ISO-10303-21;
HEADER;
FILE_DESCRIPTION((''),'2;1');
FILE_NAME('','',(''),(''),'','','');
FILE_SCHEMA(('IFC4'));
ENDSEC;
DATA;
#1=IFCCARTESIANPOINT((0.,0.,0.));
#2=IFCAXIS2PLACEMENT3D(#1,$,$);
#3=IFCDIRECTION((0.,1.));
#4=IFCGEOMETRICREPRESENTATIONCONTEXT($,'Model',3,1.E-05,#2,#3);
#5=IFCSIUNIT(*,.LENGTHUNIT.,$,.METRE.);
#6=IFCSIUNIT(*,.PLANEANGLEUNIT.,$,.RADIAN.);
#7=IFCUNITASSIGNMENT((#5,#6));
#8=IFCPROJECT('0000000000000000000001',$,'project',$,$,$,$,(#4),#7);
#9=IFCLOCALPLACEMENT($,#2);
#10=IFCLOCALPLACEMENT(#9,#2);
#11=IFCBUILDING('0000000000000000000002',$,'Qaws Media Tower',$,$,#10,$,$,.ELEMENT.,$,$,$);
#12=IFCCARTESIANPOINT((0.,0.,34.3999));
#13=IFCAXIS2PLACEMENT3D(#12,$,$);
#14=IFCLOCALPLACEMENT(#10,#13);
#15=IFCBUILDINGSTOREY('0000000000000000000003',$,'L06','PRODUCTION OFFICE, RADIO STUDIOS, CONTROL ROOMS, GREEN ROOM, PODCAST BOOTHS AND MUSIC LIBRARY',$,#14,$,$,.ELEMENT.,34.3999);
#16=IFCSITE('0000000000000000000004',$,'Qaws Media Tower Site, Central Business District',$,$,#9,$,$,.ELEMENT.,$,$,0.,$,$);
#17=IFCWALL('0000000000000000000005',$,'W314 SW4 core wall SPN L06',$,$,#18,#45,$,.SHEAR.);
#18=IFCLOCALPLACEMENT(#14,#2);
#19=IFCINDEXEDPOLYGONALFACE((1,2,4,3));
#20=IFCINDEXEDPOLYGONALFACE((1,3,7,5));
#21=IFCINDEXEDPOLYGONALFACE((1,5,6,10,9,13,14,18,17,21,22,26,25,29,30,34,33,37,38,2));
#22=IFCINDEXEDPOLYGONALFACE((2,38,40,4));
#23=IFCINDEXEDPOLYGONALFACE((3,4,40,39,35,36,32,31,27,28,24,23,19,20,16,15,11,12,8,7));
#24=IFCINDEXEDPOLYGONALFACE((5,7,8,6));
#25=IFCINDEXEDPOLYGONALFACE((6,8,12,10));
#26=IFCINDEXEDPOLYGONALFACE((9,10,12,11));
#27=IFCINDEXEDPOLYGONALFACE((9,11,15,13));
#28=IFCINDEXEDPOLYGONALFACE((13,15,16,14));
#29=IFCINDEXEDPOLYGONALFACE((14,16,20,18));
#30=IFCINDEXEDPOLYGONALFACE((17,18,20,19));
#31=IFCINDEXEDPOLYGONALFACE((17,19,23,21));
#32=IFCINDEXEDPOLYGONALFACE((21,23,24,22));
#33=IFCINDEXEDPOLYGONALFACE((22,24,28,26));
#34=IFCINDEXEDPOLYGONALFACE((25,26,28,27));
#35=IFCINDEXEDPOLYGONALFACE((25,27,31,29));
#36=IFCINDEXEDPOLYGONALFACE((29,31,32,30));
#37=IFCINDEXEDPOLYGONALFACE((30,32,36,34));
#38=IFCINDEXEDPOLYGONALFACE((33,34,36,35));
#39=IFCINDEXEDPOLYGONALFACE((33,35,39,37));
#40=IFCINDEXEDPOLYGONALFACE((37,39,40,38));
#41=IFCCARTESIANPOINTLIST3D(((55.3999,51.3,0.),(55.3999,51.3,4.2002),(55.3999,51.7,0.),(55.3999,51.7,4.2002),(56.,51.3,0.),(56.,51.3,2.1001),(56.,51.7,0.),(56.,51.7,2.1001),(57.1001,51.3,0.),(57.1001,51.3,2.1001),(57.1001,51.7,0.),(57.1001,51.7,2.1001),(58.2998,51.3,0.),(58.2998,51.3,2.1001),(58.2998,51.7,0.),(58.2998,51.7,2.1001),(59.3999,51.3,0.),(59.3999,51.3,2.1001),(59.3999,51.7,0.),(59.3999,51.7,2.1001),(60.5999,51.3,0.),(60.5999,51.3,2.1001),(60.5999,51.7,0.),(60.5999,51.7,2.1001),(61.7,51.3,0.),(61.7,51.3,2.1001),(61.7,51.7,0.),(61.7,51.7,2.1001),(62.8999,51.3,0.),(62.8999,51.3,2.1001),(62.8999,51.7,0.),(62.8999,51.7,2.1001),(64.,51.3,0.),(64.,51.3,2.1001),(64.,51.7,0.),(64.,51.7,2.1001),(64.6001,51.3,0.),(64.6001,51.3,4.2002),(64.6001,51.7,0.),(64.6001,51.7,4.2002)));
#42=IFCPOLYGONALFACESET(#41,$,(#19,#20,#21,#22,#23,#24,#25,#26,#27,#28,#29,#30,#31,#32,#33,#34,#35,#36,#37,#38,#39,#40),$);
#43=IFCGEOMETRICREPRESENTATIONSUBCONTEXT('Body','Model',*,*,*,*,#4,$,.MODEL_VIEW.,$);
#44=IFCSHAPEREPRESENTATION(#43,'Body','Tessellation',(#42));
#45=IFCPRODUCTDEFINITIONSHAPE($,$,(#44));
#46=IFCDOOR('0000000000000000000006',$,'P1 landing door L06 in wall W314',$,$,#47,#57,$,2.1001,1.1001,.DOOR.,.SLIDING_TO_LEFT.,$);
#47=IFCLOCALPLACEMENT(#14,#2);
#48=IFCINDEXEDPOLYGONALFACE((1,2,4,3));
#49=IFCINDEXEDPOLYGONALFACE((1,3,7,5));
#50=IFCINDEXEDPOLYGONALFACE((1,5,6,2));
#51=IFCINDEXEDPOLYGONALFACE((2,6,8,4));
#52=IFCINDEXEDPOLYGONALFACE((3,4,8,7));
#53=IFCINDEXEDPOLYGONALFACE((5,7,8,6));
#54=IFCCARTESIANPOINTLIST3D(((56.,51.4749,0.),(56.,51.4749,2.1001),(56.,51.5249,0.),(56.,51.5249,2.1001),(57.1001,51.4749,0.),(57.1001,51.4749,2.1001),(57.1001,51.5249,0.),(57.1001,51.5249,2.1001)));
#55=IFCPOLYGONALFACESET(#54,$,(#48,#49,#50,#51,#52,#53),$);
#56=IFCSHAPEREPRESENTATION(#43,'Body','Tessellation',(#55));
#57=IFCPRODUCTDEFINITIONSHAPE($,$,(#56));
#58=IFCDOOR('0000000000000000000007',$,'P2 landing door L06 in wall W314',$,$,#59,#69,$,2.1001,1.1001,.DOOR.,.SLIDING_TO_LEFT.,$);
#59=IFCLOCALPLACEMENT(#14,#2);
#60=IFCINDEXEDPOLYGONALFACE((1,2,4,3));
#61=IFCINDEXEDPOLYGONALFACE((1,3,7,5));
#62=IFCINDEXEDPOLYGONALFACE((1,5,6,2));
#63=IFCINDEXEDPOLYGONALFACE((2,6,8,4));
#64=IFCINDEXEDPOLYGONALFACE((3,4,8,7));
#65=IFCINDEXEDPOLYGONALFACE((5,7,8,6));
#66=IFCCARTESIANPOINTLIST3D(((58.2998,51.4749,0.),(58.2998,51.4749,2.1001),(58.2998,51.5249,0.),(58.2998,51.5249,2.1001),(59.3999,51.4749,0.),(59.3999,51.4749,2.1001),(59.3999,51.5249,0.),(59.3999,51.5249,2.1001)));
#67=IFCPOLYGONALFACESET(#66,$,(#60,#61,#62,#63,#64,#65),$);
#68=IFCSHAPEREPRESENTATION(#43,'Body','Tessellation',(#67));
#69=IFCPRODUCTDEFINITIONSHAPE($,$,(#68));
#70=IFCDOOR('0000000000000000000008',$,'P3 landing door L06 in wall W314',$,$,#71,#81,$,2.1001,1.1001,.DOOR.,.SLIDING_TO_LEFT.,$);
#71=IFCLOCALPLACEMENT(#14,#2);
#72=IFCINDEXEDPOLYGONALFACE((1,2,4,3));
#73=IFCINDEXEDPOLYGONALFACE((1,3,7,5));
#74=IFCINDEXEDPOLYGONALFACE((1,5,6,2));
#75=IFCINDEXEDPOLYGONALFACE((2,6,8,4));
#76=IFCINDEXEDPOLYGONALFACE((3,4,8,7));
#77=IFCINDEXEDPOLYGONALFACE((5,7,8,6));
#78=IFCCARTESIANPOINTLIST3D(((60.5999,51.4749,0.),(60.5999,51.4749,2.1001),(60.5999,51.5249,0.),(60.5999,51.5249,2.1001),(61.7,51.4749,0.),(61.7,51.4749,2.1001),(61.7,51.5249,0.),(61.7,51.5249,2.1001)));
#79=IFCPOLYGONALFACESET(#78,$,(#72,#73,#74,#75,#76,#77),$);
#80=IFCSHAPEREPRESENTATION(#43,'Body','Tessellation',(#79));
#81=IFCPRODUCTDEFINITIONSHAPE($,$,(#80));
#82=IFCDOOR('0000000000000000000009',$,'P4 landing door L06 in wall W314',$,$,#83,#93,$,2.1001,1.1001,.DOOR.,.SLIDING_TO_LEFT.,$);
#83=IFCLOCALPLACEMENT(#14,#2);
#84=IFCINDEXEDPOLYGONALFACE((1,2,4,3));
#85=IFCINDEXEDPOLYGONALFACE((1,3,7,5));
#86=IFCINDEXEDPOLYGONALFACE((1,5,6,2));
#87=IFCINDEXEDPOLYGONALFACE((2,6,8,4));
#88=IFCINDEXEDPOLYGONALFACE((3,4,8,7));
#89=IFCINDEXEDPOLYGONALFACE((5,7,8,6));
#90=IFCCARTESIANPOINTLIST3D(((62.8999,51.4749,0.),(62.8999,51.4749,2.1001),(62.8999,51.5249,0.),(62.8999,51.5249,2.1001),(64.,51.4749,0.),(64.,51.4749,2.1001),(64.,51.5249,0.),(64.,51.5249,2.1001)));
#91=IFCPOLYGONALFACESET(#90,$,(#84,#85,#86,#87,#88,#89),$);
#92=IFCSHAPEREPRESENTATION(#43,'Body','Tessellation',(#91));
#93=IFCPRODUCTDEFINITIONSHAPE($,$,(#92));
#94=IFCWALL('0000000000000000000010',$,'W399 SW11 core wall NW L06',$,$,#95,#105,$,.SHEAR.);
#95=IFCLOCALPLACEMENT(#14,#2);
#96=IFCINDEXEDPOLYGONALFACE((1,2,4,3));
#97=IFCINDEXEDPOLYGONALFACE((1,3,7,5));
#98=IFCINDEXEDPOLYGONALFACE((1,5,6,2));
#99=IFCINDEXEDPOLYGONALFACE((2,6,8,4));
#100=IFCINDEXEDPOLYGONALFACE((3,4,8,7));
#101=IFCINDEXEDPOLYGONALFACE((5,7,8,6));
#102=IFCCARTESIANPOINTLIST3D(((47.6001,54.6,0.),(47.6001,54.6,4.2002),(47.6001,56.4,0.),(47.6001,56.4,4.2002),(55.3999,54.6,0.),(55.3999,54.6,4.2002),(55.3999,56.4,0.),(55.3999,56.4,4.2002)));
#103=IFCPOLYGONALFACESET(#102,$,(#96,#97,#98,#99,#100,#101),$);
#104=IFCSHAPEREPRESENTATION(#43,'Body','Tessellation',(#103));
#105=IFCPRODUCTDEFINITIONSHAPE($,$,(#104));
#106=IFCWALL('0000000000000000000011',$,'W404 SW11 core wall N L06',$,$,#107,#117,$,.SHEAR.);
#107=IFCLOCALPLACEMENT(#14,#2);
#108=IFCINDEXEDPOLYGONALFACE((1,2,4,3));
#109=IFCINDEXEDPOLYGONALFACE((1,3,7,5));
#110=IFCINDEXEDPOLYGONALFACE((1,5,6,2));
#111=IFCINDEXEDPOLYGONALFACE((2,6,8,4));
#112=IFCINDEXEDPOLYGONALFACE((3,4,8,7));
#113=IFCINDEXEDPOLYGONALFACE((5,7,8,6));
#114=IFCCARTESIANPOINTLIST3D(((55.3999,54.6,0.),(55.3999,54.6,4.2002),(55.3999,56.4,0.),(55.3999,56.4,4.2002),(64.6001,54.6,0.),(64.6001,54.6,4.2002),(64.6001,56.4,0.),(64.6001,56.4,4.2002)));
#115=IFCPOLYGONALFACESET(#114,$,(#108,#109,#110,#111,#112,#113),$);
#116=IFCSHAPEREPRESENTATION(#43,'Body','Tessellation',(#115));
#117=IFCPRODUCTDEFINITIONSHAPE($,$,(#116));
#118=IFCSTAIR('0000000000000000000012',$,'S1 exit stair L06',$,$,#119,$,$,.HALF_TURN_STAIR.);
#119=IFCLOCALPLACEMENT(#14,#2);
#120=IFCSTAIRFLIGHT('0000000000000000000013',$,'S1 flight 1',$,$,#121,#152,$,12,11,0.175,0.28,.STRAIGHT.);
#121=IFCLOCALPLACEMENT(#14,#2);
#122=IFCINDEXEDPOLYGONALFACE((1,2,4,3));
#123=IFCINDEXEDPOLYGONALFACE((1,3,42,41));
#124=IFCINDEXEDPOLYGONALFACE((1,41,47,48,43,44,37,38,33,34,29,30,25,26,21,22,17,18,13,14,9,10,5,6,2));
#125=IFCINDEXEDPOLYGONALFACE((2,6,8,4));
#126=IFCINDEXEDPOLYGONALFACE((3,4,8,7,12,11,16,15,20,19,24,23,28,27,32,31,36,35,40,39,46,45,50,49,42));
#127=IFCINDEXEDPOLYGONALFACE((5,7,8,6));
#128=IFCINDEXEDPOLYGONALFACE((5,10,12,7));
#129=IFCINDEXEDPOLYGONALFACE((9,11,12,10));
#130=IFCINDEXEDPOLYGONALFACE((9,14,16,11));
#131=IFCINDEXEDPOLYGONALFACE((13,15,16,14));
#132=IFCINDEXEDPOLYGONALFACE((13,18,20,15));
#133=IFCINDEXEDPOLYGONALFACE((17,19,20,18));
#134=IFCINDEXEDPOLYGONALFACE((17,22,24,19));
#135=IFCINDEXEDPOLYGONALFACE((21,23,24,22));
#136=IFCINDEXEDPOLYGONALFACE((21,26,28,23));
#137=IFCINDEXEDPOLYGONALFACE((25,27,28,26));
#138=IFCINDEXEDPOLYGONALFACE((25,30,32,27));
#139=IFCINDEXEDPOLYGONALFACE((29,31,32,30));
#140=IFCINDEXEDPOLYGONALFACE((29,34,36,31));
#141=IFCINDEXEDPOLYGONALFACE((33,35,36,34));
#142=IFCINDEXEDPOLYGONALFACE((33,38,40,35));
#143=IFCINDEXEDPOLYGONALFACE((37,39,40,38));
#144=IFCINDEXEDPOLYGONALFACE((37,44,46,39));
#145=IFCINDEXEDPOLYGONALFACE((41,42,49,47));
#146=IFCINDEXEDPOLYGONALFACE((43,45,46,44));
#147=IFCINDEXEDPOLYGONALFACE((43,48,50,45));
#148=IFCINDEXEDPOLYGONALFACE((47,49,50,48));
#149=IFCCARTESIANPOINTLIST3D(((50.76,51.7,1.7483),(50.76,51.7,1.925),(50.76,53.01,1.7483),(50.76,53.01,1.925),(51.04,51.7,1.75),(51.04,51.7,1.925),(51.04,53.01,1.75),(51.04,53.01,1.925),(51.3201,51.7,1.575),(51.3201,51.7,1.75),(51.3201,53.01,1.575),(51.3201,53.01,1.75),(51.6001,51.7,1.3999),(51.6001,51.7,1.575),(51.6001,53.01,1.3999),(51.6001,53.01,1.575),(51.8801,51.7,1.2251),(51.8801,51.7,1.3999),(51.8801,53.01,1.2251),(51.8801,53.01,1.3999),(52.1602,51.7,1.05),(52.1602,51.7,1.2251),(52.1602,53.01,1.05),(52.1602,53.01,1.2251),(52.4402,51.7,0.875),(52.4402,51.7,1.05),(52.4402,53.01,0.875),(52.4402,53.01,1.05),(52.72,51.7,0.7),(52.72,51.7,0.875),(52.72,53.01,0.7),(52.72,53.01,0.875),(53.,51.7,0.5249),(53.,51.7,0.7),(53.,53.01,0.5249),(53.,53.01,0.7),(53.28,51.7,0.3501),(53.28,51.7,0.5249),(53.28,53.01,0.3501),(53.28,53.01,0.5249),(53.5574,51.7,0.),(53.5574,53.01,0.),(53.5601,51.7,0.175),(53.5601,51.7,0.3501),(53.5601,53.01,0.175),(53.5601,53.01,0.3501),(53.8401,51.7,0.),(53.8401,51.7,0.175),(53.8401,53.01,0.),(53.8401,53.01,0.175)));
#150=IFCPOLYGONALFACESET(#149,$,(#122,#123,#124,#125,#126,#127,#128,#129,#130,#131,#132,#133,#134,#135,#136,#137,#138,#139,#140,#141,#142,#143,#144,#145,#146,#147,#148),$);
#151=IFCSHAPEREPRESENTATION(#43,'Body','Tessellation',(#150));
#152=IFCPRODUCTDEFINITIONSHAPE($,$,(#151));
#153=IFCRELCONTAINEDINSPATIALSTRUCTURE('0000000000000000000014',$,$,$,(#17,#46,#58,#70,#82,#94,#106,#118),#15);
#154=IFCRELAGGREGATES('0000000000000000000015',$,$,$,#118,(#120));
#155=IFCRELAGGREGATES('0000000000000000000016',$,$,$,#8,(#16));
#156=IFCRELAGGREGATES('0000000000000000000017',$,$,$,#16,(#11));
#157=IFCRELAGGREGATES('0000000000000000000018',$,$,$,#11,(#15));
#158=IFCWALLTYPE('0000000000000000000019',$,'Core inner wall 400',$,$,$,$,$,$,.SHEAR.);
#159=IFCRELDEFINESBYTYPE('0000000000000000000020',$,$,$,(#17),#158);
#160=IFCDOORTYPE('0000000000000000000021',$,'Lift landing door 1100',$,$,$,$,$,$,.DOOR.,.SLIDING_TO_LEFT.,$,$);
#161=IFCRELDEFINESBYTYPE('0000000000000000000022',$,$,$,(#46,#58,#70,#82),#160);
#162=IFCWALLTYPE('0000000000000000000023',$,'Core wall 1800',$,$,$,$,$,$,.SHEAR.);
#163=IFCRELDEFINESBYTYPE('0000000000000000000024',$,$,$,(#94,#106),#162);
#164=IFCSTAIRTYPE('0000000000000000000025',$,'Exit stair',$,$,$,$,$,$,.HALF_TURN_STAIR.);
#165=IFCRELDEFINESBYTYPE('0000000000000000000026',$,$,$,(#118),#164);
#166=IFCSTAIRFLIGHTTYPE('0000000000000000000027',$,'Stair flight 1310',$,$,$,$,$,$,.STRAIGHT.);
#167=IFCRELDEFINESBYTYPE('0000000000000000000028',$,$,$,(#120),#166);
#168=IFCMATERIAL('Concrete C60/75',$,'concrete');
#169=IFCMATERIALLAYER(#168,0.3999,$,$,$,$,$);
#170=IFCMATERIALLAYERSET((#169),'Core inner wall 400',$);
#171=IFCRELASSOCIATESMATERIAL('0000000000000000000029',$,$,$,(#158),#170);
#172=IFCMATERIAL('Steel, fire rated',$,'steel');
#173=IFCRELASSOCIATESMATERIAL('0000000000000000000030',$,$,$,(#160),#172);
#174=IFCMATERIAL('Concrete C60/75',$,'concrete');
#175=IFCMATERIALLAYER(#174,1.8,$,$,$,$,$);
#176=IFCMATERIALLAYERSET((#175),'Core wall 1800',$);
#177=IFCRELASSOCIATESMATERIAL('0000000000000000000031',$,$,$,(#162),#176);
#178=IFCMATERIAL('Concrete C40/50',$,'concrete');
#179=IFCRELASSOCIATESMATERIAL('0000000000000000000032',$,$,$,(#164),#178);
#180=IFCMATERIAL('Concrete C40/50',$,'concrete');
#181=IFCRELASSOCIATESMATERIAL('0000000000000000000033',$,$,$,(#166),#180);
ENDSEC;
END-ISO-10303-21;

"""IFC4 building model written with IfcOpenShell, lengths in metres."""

from ifc_helpers import new_model, si_unit, direction, frame, frame_2d, origin, place, context, subcontext, project, spatial, polyline, rectangle, outline, extrude, material, layer, layer_set, type_object, element, fill, aggregate, save


model = new_model("IFC4")

# Units and contexts
model_context = context("Model", 3, precision=1e-05, world=origin(), true_north=direction((0.0, 1.0)))
body_context = subcontext(model_context, "Body", "Model", "MODEL_VIEW")
ifc_project = project(units=[si_unit("LENGTHUNIT", "METRE"), si_unit("PLANEANGLEUNIT", "RADIAN")], contexts=[model_context])

# Site, building, storey
site_placement = place(None, origin())
site = spatial("IfcSite", under=ifc_project, at=site_placement, Name="Qaws Media Tower Site, Central Business District", CompositionType="ELEMENT", RefElevation=0.0)
building_placement = place(site_placement, origin())
building = spatial("IfcBuilding", under=site, at=building_placement, Name="Qaws Media Tower", CompositionType="ELEMENT")
storey_placement = place(building_placement, frame((0.0, 0.0, 34.3999)))
storey = spatial("IfcBuildingStorey", under=building, at=storey_placement, Name="L06", Description="PRODUCTION OFFICE, RADIO STUDIOS, CONTROL ROOMS, GREEN ROOM, PODCAST BOOTHS AND MUSIC LIBRARY", CompositionType="ELEMENT", Elevation=34.3999)

# Wall, openings, doors
ifc_material_1 = material(Name="Concrete C60/75", Category="concrete")
ifc_layer_1 = layer(ifc_material_1, 0.3999)
ifc_layer_set_1 = layer_set([ifc_layer_1], Name="Core inner wall 400")
wall_type_1 = type_object("IfcWallType", Name="Core inner wall 400", PredefinedType="SHEAR", material=ifc_layer_set_1)
wall_1_placement = place(storey_placement, frame((55.3999, 51.5, 0.0), z_axis=(0.0, 0.0, 1.0), x_axis=(1.0, 0.0, 0.0)))
wall_1 = element("IfcWall", 1, at=wall_1_placement, inside=storey, type_object=wall_type_1, Name="W314 SW4 core wall SPN L06", PredefinedType="SHEAR", context=body_context, shape_type="SweptSolid", body=[
    extrude(rectangle(XDim=9.2002, YDim=0.3999, at=frame_2d((4.6001, 0.0))), origin(), (0.0, 0.0, 1.0), 4.2002),
])
opening_1_placement = place(wall_1_placement, frame((0.6001, 0.0, 0.0)))
opening_1 = element("IfcOpeningElement", 2, at=opening_1_placement, cuts=wall_1, PredefinedType="OPENING", context=body_context, shape_type="SweptSolid", body=[
    extrude(rectangle(XDim=1.1001, YDim=2.1001, at=frame_2d((0.55, 1.05))), frame((0.0, 0.21, 0.0), z_axis=(0.0, -1.0, 0.0), x_axis=(1.0, 0.0, 0.0)), (0.0, 0.0, 1.0), 0.4199),
])
opening_2_placement = place(wall_1_placement, frame((2.8999, 0.0, 0.0)))
opening_2 = element("IfcOpeningElement", 3, at=opening_2_placement, cuts=wall_1, PredefinedType="OPENING", context=body_context, shape_type="SweptSolid", body=[
    extrude(rectangle(XDim=1.1001, YDim=2.1001, at=frame_2d((0.55, 1.05))), frame((0.0, 0.21, 0.0), z_axis=(0.0, -1.0, 0.0), x_axis=(1.0, 0.0, 0.0)), (0.0, 0.0, 1.0), 0.4199),
])
opening_3_placement = place(wall_1_placement, frame((5.2, 0.0, 0.0)))
opening_3 = element("IfcOpeningElement", 4, at=opening_3_placement, cuts=wall_1, PredefinedType="OPENING", context=body_context, shape_type="SweptSolid", body=[
    extrude(rectangle(XDim=1.1001, YDim=2.1001, at=frame_2d((0.55, 1.05))), frame((0.0, 0.21, 0.0), z_axis=(0.0, -1.0, 0.0), x_axis=(1.0, 0.0, 0.0)), (0.0, 0.0, 1.0), 0.4199),
])
opening_4_placement = place(wall_1_placement, frame((7.5, 0.0, 0.0)))
opening_4 = element("IfcOpeningElement", 5, at=opening_4_placement, cuts=wall_1, PredefinedType="OPENING", context=body_context, shape_type="SweptSolid", body=[
    extrude(rectangle(XDim=1.1001, YDim=2.1001, at=frame_2d((0.55, 1.05))), frame((0.0, 0.21, 0.0), z_axis=(0.0, -1.0, 0.0), x_axis=(1.0, 0.0, 0.0)), (0.0, 0.0, 1.0), 0.4199),
])
ifc_material_2 = material(Name="Steel, fire rated", Category="steel")
door_type = type_object("IfcDoorType", Name="Lift landing door 1100", OperationType="SLIDING_TO_LEFT", PredefinedType="DOOR", material=ifc_material_2)
door_1_placement = place(opening_1_placement, origin())
door_1 = element("IfcDoor", 6, at=door_1_placement, inside=storey, type_object=door_type, Name="P1 landing door L06 in wall W314", OperationType="SLIDING_TO_LEFT", OverallHeight=2.1001, OverallWidth=1.1001, PredefinedType="DOOR", context=body_context, shape_type="SweptSolid", body=[
    extrude(rectangle(XDim=1.1001, YDim=2.1001, at=frame_2d((0.55, 1.05))), frame((0.0, 0.0249, 0.0), z_axis=(0.0, -1.0, 0.0), x_axis=(1.0, 0.0, 0.0)), (0.0, 0.0, 1.0), 0.05),
])
fill(opening_1, door_1)
door_2_placement = place(opening_2_placement, origin())
door_2 = element("IfcDoor", 7, at=door_2_placement, inside=storey, type_object=door_type, Name="P2 landing door L06 in wall W314", OperationType="SLIDING_TO_LEFT", OverallHeight=2.1001, OverallWidth=1.1001, PredefinedType="DOOR", context=body_context, shape_type="SweptSolid", body=[
    extrude(rectangle(XDim=1.1001, YDim=2.1001, at=frame_2d((0.55, 1.05))), frame((0.0, 0.0249, 0.0), z_axis=(0.0, -1.0, 0.0), x_axis=(1.0, 0.0, 0.0)), (0.0, 0.0, 1.0), 0.05),
])
fill(opening_2, door_2)
door_3_placement = place(opening_3_placement, origin())
door_3 = element("IfcDoor", 8, at=door_3_placement, inside=storey, type_object=door_type, Name="P3 landing door L06 in wall W314", OperationType="SLIDING_TO_LEFT", OverallHeight=2.1001, OverallWidth=1.1001, PredefinedType="DOOR", context=body_context, shape_type="SweptSolid", body=[
    extrude(rectangle(XDim=1.1001, YDim=2.1001, at=frame_2d((0.55, 1.05))), frame((0.0, 0.0249, 0.0), z_axis=(0.0, -1.0, 0.0), x_axis=(1.0, 0.0, 0.0)), (0.0, 0.0, 1.0), 0.05),
])
fill(opening_3, door_3)
door_4_placement = place(opening_4_placement, origin())
door_4 = element("IfcDoor", 9, at=door_4_placement, inside=storey, type_object=door_type, Name="P4 landing door L06 in wall W314", OperationType="SLIDING_TO_LEFT", OverallHeight=2.1001, OverallWidth=1.1001, PredefinedType="DOOR", context=body_context, shape_type="SweptSolid", body=[
    extrude(rectangle(XDim=1.1001, YDim=2.1001, at=frame_2d((0.55, 1.05))), frame((0.0, 0.0249, 0.0), z_axis=(0.0, -1.0, 0.0), x_axis=(1.0, 0.0, 0.0)), (0.0, 0.0, 1.0), 0.05),
])
fill(opening_4, door_4)

# Walls
ifc_material_3 = material(Name="Concrete C60/75", Category="concrete")
ifc_layer_2 = layer(ifc_material_3, 1.8)
ifc_layer_set_2 = layer_set([ifc_layer_2], Name="Core wall 1800")
wall_type_2 = type_object("IfcWallType", Name="Core wall 1800", PredefinedType="SHEAR", material=ifc_layer_set_2)
wall_2_placement = place(storey_placement, frame((47.6001, 55.5, 0.0), z_axis=(0.0, 0.0, 1.0), x_axis=(1.0, 0.0, 0.0)))
element("IfcWall", 10, at=wall_2_placement, inside=storey, type_object=wall_type_2, Name="W399 SW11 core wall NW L06", PredefinedType="SHEAR", context=body_context, shape_type="SweptSolid", body=[
    extrude(rectangle(XDim=7.7998, YDim=1.8, at=frame_2d((3.8999, 0.0))), origin(), (0.0, 0.0, 1.0), 4.2002),
])
wall_3_placement = place(storey_placement, frame((55.3999, 55.5, 0.0), z_axis=(0.0, 0.0, 1.0), x_axis=(1.0, 0.0, 0.0)))
element("IfcWall", 11, at=wall_3_placement, inside=storey, type_object=wall_type_2, Name="W404 SW11 core wall N L06", PredefinedType="SHEAR", context=body_context, shape_type="SweptSolid", body=[
    extrude(rectangle(XDim=9.2002, YDim=1.8, at=frame_2d((4.6001, 0.0))), origin(), (0.0, 0.0, 1.0), 4.2002),
])

# Stair, stair flight
ifc_material_4 = material(Name="Concrete C40/50", Category="concrete")
stair_type = type_object("IfcStairType", Name="Exit stair", PredefinedType="HALF_TURN_STAIR", material=ifc_material_4)
stair_placement = place(storey_placement, origin())
stair = element("IfcStair", 12, at=stair_placement, inside=storey, type_object=stair_type, Name="S1 exit stair L06", PredefinedType="HALF_TURN_STAIR")
ifc_material_5 = material(Name="Concrete C40/50", Category="concrete")
stair_flight_type = type_object("IfcStairFlightType", Name="Stair flight 1310", PredefinedType="STRAIGHT", material=ifc_material_5)
stair_flight_1_placement = place(storey_placement, frame((53.8401, 52.355, 0.0), z_axis=(0.0, 0.0, 1.0), x_axis=(-1.0, 0.0, 0.0)))
stair_flight_1 = element("IfcStairFlight", 13, at=stair_flight_1_placement, type_object=stair_flight_type, Name="S1 flight 1", NumberOfRisers=12, NumberOfTreads=11, PredefinedType="STRAIGHT", RiserHeight=0.175, TreadLength=0.28, context=body_context, shape_type="SweptSolid", body=[
    extrude(outline(polyline([(0.0, 0.0), (0.0, 0.175), (0.28, 0.175), (0.28, 0.3501), (0.5601, 0.3501), (0.5601, 0.5249), (0.8401, 0.5249), (0.8401, 0.7), (1.1201, 0.7), (1.1201, 0.875), (1.3999, 0.875), (1.3999, 1.05), (1.6799, 1.05), (1.6799, 1.2251), (1.96, 1.2251), (1.96, 1.3999), (2.24, 1.3999), (2.24, 1.575), (2.52, 1.575), (2.52, 1.75), (2.8, 1.75), (2.8, 1.925), (3.0801, 1.925), (3.0801, 2.1001), (3.0801, 1.7483), (0.2827, 0.0), (0.0, 0.0)])), frame((0.0, 0.655, 0.0), z_axis=(0.0, -1.0, 0.0), x_axis=(1.0, 0.0, 0.0)), (0.0, 0.0, 1.0), 1.3101),
])
aggregate(stair, [stair_flight_1])

save(model, "model.ifc")
